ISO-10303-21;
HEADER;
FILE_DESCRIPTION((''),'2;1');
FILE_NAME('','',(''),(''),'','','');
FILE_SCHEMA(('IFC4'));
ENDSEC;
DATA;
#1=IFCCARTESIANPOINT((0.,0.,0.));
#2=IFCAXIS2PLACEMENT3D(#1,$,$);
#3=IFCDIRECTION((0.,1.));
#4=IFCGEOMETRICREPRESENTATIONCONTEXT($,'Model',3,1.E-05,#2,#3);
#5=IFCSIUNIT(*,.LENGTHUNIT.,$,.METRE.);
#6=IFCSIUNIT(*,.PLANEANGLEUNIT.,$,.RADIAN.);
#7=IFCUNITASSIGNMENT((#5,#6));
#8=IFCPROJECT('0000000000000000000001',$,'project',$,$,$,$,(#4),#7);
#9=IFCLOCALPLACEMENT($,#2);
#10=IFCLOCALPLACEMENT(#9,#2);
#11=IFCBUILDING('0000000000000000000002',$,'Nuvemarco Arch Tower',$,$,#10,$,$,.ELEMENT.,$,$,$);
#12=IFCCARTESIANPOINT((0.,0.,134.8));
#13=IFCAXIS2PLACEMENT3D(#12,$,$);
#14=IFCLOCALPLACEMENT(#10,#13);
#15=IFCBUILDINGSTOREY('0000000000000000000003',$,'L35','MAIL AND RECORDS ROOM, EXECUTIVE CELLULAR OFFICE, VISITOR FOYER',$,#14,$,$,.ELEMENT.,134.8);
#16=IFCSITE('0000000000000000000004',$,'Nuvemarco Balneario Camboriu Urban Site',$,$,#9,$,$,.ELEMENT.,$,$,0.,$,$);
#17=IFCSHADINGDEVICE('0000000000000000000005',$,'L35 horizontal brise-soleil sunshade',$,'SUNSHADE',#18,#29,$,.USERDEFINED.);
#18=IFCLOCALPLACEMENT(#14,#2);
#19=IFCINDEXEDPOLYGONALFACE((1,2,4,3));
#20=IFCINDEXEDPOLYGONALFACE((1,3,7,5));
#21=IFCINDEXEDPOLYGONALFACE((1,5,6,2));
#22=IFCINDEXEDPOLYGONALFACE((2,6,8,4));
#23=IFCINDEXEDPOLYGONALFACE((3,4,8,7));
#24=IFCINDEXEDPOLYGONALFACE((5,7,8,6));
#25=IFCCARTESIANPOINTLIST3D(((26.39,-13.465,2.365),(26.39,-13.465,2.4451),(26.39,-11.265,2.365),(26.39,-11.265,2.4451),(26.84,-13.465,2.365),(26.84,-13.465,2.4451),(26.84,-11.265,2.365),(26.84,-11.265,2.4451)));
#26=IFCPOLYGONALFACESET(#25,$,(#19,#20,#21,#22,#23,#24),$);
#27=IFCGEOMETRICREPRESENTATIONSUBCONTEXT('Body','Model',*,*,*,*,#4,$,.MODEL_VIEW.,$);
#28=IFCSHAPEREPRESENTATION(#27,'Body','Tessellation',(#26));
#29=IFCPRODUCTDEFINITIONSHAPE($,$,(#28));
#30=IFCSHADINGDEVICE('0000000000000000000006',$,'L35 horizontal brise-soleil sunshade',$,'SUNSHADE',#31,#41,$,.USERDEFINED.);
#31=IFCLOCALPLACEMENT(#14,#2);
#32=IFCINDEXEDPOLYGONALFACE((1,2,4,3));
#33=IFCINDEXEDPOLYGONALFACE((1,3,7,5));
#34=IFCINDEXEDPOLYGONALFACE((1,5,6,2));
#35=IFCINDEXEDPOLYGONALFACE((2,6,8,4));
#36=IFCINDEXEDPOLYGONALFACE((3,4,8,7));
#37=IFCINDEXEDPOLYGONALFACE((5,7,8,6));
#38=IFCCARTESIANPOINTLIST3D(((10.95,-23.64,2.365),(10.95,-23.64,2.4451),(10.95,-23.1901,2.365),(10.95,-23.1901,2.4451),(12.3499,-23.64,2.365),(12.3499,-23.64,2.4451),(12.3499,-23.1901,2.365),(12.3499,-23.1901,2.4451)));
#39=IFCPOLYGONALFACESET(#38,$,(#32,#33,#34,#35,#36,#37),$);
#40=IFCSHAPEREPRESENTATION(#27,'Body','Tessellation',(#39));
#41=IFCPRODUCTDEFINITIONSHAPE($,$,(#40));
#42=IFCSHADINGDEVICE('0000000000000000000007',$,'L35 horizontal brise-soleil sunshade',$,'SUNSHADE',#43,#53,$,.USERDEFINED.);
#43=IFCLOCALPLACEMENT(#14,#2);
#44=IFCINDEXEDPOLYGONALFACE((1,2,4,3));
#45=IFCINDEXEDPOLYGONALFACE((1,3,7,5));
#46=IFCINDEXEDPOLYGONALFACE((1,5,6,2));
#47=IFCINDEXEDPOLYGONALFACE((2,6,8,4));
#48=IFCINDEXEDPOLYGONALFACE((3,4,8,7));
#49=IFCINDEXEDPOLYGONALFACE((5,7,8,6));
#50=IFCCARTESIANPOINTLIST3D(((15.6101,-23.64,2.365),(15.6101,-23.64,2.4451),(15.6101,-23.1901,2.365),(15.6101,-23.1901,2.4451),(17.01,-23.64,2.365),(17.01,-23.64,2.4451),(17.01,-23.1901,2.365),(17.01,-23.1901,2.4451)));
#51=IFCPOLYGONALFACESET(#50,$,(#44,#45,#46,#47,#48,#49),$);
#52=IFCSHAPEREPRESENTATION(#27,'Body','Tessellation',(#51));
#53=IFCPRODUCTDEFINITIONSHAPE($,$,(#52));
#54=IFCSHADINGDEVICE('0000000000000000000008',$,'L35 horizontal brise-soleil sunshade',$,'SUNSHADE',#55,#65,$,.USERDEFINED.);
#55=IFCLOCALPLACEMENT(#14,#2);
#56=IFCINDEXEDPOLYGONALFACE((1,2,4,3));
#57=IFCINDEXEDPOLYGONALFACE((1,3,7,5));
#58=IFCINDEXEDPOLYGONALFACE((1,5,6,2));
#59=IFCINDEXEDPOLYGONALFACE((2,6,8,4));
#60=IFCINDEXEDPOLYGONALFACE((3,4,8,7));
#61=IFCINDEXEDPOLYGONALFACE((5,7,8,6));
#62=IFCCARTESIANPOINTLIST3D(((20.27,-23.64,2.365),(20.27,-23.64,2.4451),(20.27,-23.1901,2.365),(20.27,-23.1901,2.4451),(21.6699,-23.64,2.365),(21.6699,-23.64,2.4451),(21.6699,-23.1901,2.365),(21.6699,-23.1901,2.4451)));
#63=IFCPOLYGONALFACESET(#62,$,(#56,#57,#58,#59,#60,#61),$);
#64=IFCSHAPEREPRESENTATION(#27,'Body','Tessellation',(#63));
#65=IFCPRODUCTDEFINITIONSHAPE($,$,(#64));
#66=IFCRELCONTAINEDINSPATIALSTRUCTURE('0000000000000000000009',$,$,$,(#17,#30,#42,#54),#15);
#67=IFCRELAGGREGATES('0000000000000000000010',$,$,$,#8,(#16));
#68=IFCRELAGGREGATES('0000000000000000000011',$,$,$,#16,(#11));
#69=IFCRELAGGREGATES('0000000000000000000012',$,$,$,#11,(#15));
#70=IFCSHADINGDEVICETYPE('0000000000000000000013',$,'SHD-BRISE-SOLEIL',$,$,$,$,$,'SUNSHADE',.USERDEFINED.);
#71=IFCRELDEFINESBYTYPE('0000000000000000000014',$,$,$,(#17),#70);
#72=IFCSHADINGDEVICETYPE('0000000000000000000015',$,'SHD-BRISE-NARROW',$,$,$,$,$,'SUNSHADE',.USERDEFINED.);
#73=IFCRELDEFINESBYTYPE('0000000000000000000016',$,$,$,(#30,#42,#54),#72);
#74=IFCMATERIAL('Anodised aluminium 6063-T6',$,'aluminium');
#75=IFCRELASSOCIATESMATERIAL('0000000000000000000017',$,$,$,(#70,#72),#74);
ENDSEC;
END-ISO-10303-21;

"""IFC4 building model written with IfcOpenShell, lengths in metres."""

from ifc_helpers import new_model, si_unit, direction, frame, origin, origin_2d, place, context, subcontext, project, spatial, rectangle, extrude, source, transform, mapped, material, type_object, type_shapes, element, save


model = new_model("IFC4")

# Units and contexts
model_context = context("Model", 3, precision=1e-05, world=origin(), true_north=direction((0.0, 1.0)))
body_context = subcontext(model_context, "Body", "Model", "MODEL_VIEW")
ifc_project = project(units=[si_unit("LENGTHUNIT", "METRE"), si_unit("PLANEANGLEUNIT", "RADIAN")], contexts=[model_context])

# Site, building, storey
site_placement = place(None, origin())
site = spatial("IfcSite", under=ifc_project, at=site_placement, Name="Nuvemarco Balneario Camboriu Urban Site", CompositionType="ELEMENT", RefElevation=0.0)
building_placement = place(site_placement, origin())
building = spatial("IfcBuilding", under=site, at=building_placement, Name="Nuvemarco Arch Tower", CompositionType="ELEMENT")
storey_placement = place(building_placement, frame((0.0, 0.0, 134.8)))
storey = spatial("IfcBuildingStorey", under=building, at=storey_placement, Name="L35", Description="MAIL AND RECORDS ROOM, EXECUTIVE CELLULAR OFFICE, VISITOR FOYER", CompositionType="ELEMENT", Elevation=134.8)

# Shading devices
ifc_material_1 = material(Name="Anodised aluminium 6063-T6", Category="aluminium")
shading_device_type_1 = type_object("IfcShadingDeviceType", Name="SHD-BRISE-SOLEIL", ElementType="SUNSHADE", PredefinedType="USERDEFINED", material=ifc_material_1)
shared_shape_1 = source(origin(), body_context, "Body", "SweptSolid", [
    extrude(rectangle(XDim=2.2, YDim=0.45, at=origin_2d()), origin(), (0.0, 0.0, 1.0), 0.0801),
])
type_shapes(shading_device_type_1, [shared_shape_1])
shading_device_placement = place(storey_placement, frame((26.615, -12.365, 2.365), z_axis=(0.0, 0.0, 1.0), x_axis=(0.0, 1.0, 0.0)))
element("IfcShadingDevice", 1, at=shading_device_placement, inside=storey, type_object=shading_device_type_1, Name="L35 horizontal brise-soleil sunshade", ObjectType="SUNSHADE", PredefinedType="USERDEFINED", context=body_context, shape_type="MappedRepresentation", body=[
    mapped(shared_shape_1, transform((0.0, 0.0, 0.0), scale=1.0)),
])
shading_device_type_2 = type_object("IfcShadingDeviceType", Name="SHD-BRISE-NARROW", ElementType="SUNSHADE", PredefinedType="USERDEFINED", material=ifc_material_1)
shared_shape_2 = source(origin(), body_context, "Body", "SweptSolid", [
    extrude(rectangle(XDim=1.3999, YDim=0.45, at=origin_2d()), origin(), (0.0, 0.0, 1.0), 0.0801),
])
type_shapes(shading_device_type_2, [shared_shape_2])
for number, where, z_axis, x_axis, name in (
    (2, (11.6499, -23.415, 2.365), (0.0, 0.0, 1.0), (1.0, 0.0, 0.0), "L35 horizontal brise-soleil sunshade"),
    (3, (16.3101, -23.415, 2.365), (0.0, 0.0, 1.0), (1.0, 0.0, 0.0), "L35 horizontal brise-soleil sunshade"),
    (4, (20.97, -23.415, 2.365), (0.0, 0.0, 1.0), (1.0, 0.0, 0.0), "L35 horizontal brise-soleil sunshade"),
):
    element("IfcShadingDevice", number, at=place(storey_placement, frame(where, z_axis=z_axis, x_axis=x_axis)), inside=storey, type_object=shading_device_type_2, Name=name, ObjectType="SUNSHADE", PredefinedType="USERDEFINED", context=body_context, shape_type="MappedRepresentation", body=[
        mapped(shared_shape_2, transform((0.0, 0.0, 0.0), scale=1.0)),
    ])

save(model, "model.ifc")
